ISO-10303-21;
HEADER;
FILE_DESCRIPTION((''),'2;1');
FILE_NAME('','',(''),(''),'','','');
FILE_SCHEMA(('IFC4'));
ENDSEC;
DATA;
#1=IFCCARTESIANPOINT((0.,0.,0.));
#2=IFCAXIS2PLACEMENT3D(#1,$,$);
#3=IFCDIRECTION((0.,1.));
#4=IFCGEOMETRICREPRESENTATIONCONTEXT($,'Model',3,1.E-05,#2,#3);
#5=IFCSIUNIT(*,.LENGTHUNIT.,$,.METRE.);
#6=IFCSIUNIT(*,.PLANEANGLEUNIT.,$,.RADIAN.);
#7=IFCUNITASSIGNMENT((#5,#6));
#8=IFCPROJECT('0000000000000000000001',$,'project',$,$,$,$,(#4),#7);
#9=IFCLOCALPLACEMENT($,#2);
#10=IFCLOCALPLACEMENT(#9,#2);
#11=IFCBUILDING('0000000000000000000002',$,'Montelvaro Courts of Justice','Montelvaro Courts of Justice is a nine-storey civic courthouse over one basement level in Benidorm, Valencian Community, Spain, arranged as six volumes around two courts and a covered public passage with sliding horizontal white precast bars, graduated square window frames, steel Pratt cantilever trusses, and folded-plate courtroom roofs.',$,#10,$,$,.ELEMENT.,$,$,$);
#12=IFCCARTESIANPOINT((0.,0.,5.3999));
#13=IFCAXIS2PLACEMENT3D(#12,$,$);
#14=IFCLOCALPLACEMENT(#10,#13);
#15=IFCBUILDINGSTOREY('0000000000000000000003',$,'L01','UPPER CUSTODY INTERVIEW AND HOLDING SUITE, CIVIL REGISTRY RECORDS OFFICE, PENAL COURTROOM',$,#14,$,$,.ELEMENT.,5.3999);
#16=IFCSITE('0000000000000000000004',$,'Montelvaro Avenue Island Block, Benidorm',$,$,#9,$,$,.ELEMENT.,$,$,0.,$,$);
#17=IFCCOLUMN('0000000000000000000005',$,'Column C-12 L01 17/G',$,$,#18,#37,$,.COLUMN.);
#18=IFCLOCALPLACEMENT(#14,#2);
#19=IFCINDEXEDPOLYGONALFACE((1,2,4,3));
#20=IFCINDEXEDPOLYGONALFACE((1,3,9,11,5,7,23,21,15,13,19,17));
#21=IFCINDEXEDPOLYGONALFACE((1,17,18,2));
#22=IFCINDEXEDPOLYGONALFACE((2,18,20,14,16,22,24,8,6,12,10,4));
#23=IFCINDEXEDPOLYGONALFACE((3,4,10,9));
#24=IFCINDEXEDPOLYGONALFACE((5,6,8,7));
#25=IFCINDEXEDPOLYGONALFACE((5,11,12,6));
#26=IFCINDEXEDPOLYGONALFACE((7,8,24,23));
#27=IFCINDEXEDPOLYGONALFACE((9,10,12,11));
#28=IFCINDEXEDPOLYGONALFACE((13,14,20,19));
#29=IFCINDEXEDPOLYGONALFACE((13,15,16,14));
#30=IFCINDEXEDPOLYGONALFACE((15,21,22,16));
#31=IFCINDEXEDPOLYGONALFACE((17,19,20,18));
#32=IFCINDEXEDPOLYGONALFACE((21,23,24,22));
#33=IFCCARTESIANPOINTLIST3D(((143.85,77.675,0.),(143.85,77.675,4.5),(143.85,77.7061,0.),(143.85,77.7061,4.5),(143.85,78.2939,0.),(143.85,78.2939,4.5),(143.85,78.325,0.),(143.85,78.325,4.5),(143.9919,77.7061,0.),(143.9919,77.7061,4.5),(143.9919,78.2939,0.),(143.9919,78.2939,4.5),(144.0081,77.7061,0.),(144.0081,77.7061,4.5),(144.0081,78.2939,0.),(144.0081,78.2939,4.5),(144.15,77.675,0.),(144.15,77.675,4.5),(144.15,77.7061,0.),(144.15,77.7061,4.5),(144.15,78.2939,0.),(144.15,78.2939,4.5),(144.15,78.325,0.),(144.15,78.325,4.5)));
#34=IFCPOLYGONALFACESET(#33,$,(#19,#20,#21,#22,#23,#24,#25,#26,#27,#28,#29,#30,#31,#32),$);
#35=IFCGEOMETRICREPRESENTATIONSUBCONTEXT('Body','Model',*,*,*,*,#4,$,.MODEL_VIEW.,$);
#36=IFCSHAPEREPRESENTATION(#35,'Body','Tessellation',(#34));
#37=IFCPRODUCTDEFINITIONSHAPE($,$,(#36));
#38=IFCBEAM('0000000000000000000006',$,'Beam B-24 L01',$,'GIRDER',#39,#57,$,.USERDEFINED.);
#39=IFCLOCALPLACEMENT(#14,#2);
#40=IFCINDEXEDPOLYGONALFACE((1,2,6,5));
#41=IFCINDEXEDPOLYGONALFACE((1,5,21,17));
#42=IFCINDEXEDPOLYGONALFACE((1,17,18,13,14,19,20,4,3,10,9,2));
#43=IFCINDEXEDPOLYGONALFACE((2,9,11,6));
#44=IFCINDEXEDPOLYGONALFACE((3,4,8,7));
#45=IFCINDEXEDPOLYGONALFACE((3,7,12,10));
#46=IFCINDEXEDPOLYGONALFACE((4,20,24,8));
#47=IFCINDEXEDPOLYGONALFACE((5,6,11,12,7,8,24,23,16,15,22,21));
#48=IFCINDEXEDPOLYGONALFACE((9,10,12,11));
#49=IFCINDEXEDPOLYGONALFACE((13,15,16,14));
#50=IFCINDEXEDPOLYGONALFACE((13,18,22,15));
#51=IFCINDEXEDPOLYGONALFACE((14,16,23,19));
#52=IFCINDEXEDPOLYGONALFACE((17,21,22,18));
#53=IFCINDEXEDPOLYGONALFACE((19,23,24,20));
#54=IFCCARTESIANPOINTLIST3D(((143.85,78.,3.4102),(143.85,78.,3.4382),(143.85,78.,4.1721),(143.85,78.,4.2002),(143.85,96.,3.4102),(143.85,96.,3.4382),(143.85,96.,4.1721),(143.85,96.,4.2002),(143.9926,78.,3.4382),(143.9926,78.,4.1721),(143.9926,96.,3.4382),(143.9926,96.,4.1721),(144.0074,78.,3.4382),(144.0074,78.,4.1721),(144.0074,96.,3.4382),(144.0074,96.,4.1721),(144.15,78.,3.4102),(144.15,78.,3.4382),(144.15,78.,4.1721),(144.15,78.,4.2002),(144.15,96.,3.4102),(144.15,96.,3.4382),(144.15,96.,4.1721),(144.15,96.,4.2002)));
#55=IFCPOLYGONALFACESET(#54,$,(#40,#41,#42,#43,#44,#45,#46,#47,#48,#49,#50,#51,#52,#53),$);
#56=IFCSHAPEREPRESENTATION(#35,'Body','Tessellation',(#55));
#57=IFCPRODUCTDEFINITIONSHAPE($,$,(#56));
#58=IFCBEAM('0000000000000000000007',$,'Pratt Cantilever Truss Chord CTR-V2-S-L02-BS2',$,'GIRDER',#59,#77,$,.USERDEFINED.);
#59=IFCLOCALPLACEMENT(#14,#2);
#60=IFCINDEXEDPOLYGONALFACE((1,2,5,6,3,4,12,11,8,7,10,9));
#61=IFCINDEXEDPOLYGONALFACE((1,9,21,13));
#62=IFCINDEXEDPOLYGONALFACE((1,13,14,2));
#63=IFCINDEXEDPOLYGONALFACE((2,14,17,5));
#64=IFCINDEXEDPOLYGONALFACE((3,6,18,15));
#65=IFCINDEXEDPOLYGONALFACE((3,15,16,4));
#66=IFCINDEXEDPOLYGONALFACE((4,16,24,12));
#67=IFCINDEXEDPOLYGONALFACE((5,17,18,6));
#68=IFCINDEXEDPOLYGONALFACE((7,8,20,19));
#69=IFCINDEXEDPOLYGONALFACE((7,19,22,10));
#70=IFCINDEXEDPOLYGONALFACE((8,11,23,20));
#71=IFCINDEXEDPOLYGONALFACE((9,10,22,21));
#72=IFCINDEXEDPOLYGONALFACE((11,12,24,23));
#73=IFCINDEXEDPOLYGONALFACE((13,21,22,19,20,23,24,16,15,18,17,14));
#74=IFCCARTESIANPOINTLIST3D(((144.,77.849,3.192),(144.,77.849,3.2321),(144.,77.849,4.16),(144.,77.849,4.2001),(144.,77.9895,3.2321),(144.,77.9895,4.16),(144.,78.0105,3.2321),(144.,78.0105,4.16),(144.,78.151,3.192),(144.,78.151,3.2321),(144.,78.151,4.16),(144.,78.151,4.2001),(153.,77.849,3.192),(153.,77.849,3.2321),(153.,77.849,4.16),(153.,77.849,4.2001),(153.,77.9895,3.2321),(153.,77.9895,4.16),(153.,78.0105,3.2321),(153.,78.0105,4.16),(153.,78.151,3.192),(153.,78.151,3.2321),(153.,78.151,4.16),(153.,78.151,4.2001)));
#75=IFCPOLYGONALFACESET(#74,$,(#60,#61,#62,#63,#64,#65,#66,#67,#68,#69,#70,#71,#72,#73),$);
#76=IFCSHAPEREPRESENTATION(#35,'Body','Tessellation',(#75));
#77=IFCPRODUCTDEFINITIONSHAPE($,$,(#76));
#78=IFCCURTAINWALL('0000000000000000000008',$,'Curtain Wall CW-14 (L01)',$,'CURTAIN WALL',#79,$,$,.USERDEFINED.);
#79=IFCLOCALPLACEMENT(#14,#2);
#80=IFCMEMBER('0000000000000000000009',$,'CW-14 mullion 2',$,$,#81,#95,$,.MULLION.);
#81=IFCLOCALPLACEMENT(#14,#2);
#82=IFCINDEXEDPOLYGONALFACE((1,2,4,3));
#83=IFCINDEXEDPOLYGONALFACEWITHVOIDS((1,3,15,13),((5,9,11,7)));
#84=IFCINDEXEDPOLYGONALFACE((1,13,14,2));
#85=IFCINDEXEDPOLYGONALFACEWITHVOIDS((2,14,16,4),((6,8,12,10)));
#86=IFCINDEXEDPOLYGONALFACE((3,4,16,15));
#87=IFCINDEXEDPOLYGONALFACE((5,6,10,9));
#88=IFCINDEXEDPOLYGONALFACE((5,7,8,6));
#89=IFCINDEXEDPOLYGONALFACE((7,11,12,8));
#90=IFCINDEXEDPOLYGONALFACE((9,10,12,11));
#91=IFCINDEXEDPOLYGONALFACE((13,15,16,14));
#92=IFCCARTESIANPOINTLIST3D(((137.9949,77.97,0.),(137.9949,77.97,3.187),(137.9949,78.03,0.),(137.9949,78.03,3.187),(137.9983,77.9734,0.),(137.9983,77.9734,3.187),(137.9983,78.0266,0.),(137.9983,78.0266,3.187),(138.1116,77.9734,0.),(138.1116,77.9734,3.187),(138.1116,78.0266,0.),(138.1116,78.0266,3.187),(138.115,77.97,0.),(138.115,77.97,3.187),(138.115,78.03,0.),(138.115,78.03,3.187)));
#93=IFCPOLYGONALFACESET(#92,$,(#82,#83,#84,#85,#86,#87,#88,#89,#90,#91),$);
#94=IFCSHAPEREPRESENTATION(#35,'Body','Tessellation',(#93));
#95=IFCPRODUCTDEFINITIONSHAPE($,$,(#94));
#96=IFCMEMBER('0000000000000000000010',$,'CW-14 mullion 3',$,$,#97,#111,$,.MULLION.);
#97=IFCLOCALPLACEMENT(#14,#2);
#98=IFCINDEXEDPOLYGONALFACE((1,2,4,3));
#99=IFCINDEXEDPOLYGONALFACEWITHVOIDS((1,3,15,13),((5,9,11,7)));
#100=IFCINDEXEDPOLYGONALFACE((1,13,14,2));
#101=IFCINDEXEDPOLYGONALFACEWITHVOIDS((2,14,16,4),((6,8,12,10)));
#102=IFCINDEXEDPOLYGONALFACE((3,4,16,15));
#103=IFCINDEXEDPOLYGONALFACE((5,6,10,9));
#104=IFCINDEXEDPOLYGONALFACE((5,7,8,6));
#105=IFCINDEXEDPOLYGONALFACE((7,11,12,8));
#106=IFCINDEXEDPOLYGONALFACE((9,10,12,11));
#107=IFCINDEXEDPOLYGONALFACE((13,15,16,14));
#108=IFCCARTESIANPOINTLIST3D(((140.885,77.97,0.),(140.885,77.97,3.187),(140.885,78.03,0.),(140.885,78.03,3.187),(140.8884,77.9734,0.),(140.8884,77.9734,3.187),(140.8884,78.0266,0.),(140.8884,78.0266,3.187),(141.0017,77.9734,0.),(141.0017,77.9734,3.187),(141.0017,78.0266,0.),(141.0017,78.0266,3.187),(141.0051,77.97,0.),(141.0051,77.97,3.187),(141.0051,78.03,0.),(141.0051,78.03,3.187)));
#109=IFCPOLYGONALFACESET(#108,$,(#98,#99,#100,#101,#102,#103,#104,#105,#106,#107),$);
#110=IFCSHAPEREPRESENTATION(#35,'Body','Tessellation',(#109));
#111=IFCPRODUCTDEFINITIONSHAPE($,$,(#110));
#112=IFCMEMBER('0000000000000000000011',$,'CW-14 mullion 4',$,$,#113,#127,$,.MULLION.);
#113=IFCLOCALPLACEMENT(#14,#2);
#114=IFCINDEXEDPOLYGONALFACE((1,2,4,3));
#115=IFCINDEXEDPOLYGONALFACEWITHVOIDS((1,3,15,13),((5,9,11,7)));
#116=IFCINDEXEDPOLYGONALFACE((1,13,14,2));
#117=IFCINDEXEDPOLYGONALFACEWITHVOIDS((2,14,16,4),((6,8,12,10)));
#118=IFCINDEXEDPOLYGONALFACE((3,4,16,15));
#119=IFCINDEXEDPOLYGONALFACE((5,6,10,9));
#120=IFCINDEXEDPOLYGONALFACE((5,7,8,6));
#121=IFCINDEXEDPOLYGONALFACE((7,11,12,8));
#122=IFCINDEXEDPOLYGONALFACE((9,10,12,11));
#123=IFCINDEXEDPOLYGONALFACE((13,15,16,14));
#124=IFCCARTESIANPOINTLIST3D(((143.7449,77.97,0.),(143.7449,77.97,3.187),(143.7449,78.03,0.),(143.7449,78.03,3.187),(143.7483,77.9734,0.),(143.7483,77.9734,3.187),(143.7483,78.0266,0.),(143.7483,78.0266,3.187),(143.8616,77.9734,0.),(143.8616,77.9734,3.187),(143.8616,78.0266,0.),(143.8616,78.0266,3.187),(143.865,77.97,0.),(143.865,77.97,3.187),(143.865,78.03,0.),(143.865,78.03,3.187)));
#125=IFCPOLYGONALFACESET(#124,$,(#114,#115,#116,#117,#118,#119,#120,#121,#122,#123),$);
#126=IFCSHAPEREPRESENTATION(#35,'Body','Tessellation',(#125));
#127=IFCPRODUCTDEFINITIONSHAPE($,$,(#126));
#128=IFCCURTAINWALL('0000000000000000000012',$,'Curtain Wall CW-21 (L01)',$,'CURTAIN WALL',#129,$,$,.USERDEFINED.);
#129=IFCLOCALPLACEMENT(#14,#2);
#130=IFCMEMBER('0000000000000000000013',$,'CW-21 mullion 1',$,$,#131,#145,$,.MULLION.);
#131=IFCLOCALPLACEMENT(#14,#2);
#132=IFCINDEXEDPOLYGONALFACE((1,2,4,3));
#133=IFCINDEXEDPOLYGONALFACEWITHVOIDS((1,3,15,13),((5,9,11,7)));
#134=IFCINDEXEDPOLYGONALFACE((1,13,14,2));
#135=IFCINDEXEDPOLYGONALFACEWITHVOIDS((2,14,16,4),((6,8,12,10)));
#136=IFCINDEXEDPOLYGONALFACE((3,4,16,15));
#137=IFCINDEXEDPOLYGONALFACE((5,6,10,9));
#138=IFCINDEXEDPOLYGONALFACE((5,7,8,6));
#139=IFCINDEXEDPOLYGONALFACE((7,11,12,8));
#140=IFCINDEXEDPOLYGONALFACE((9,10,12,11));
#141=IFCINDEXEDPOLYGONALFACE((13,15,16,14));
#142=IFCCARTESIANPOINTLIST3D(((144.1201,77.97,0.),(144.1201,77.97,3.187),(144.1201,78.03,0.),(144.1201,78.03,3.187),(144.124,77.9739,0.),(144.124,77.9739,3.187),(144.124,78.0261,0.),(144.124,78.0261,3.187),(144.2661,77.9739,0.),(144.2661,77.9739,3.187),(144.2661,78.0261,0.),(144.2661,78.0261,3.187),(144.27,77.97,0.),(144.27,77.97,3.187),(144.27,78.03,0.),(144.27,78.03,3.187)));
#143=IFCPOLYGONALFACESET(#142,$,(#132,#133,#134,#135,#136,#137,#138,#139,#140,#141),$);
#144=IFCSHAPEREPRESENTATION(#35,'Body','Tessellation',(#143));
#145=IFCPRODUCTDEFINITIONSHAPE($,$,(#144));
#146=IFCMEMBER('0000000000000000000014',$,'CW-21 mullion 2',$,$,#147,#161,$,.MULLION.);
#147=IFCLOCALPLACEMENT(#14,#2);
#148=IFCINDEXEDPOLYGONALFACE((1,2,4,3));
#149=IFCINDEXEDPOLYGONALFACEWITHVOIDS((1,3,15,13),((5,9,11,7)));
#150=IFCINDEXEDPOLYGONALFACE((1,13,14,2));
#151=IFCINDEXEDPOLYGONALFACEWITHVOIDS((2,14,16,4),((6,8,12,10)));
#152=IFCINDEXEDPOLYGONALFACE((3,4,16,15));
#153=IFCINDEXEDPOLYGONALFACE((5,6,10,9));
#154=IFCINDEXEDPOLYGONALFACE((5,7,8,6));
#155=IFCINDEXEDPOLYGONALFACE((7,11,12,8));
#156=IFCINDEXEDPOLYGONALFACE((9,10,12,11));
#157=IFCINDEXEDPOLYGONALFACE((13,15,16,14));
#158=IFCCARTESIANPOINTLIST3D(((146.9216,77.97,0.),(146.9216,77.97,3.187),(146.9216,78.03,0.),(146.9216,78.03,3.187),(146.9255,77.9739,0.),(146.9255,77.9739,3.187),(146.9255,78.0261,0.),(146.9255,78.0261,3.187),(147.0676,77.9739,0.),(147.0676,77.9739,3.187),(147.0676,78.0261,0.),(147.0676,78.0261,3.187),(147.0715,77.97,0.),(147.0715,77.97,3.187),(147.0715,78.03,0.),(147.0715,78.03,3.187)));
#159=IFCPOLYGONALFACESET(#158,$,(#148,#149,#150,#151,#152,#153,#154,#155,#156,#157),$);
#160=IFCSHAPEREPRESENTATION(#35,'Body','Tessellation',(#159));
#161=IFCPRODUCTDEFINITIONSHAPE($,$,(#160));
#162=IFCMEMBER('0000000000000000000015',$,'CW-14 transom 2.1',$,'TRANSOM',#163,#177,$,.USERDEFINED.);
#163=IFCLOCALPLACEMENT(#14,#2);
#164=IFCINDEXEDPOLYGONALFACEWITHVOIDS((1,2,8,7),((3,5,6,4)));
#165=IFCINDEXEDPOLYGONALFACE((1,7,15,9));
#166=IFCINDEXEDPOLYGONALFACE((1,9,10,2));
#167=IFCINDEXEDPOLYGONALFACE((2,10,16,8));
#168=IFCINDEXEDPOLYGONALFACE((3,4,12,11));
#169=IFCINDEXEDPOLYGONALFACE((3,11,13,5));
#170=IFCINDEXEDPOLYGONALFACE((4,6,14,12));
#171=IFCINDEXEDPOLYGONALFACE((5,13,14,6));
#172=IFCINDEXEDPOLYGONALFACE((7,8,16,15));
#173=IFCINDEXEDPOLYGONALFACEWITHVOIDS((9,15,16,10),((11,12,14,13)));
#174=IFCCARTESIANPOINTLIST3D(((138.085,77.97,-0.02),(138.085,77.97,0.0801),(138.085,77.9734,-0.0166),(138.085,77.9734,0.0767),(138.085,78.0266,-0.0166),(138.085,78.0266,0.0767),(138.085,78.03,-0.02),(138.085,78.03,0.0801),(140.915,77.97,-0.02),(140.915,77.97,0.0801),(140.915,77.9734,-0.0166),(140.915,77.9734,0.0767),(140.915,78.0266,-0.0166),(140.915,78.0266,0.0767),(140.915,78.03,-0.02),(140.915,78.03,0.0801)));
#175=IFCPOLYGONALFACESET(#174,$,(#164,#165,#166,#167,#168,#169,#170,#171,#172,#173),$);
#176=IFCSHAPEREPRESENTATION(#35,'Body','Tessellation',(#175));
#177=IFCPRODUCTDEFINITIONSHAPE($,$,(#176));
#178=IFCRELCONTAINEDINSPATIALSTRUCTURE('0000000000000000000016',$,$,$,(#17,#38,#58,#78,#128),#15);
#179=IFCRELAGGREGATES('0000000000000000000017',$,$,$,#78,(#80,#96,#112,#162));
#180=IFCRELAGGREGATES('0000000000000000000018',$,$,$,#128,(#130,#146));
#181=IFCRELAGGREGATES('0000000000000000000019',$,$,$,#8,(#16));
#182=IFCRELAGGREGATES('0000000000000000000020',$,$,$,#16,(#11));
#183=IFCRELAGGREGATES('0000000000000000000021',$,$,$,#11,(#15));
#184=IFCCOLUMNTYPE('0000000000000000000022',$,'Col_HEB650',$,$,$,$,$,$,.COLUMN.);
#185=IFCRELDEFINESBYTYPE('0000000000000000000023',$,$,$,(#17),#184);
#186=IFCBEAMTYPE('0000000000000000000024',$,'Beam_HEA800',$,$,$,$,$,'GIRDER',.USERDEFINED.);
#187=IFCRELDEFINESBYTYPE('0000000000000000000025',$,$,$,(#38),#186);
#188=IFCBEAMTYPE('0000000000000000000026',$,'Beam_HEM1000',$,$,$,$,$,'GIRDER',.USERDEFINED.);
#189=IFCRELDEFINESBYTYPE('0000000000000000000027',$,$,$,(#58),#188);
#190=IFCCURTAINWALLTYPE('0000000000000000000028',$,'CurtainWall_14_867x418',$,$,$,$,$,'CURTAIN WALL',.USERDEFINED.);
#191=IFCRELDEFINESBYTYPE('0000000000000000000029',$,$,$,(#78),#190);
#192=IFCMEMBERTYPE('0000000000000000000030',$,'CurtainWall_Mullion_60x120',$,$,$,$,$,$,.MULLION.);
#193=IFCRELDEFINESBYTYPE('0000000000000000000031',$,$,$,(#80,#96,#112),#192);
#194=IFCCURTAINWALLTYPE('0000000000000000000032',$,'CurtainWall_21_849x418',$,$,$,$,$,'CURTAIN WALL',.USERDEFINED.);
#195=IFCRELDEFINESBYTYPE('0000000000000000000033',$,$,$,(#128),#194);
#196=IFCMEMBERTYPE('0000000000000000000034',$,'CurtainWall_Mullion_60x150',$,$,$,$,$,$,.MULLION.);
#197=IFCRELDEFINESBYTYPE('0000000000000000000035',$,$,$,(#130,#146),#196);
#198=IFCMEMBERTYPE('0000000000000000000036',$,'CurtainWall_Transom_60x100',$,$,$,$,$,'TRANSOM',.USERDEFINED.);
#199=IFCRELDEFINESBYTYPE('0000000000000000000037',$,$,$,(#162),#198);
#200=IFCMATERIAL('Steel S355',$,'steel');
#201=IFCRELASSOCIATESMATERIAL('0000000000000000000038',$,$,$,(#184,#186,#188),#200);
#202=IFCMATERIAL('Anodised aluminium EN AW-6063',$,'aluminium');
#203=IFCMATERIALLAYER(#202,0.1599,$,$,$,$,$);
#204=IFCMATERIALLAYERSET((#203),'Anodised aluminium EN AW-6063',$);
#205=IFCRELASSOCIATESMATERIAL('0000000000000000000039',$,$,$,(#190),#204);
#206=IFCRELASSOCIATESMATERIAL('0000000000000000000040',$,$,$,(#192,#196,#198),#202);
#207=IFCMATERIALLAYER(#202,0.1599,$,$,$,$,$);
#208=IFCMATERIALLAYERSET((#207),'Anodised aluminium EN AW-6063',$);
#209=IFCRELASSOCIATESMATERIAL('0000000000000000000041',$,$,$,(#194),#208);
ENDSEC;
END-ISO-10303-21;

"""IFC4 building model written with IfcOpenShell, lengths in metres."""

from ifc_helpers import new_model, si_unit, direction, frame, origin, origin_2d, place, context, subcontext, project, spatial, hollow_rectangle, i_section, extrude, material, layer, layer_set, material_profile, profile_set, type_object, element, aggregate, save


model = new_model("IFC4")

# Units and contexts
model_context = context("Model", 3, precision=1e-05, world=origin(), true_north=direction((0.0, 1.0)))
body_context = subcontext(model_context, "Body", "Model", "MODEL_VIEW")
ifc_project = project(units=[si_unit("LENGTHUNIT", "METRE"), si_unit("PLANEANGLEUNIT", "RADIAN")], contexts=[model_context])

# Site, building, storey
site_placement = place(None, origin())
site = spatial("IfcSite", under=ifc_project, at=site_placement, Name="Montelvaro Avenue Island Block, Benidorm", CompositionType="ELEMENT", RefElevation=0.0)
building_placement = place(site_placement, origin())
building = spatial("IfcBuilding", under=site, at=building_placement, Name="Montelvaro Courts of Justice", Description="Montelvaro Courts of Justice is a nine-storey civic courthouse over one basement level in Benidorm, Valencian Community, Spain, arranged as six volumes around two courts and a covered public passage with sliding horizontal white precast bars, graduated square window frames, steel Pratt cantilever trusses, and folded-plate courtroom roofs.", CompositionType="ELEMENT")
storey_placement = place(building_placement, frame((0.0, 0.0, 5.3999)))
storey = spatial("IfcBuildingStorey", under=building, at=storey_placement, Name="L01", Description="UPPER CUSTODY INTERVIEW AND HOLDING SUITE, CIVIL REGISTRY RECORDS OFFICE, PENAL COURTROOM", CompositionType="ELEMENT", Elevation=5.3999)

# Column
ifc_material_1 = material(Name="Steel S355", Category="steel")
ifc_material_profile_1 = material_profile(ifc_material_1, i_section(OverallWidth=0.3, OverallDepth=0.6499, WebThickness=0.0161, FlangeThickness=0.031, at=origin_2d()), Name="HEB 650")
ifc_profile_set_1 = profile_set([ifc_material_profile_1], Name="Steel S355")
column_type = type_object("IfcColumnType", Name="Col_HEB650", PredefinedType="COLUMN", material=ifc_profile_set_1)
column_placement = place(storey_placement, frame((144.0, 78.0, 0.0), z_axis=(0.0, 0.0, 1.0), x_axis=(1.0, 0.0, 0.0)))
element("IfcColumn", 1, at=column_placement, inside=storey, type_object=column_type, Name="Column C-12 L01 17/G", PredefinedType="COLUMN", context=body_context, shape_type="SweptSolid", body=[
    extrude(i_section(OverallWidth=0.3, OverallDepth=0.6499, WebThickness=0.0161, FlangeThickness=0.031, at=origin_2d()), origin(), (0.0, 0.0, 1.0), 4.5),
])

# Beams
ifc_material_profile_2 = material_profile(ifc_material_1, i_section(OverallWidth=0.3, OverallDepth=0.79, WebThickness=0.0149, FlangeThickness=0.0281, at=origin_2d()), Name="HEA 800")
ifc_profile_set_2 = profile_set([ifc_material_profile_2], Name="Steel S355")
beam_type_1 = type_object("IfcBeamType", Name="Beam_HEA800", ElementType="GIRDER", PredefinedType="USERDEFINED", material=ifc_profile_set_2)
beam_1_placement = place(storey_placement, frame((144.0, 78.0, 3.8052), z_axis=(0.0, 1.0, 0.0), x_axis=(-1.0, 0.0, 0.0)))
element("IfcBeam", 2, at=beam_1_placement, inside=storey, type_object=beam_type_1, Name="Beam B-24 L01", ObjectType="GIRDER", PredefinedType="USERDEFINED", context=body_context, shape_type="SweptSolid", body=[
    extrude(i_section(OverallWidth=0.3, OverallDepth=0.79, WebThickness=0.0149, FlangeThickness=0.0281, at=origin_2d()), origin(), (0.0, 0.0, 1.0), 18.0),
])
ifc_material_profile_3 = material_profile(ifc_material_1, i_section(OverallWidth=0.302, OverallDepth=1.0081, WebThickness=0.021, FlangeThickness=0.04, at=origin_2d()), Name="HEM 1000")
ifc_profile_set_3 = profile_set([ifc_material_profile_3], Name="Steel S355")
beam_type_2 = type_object("IfcBeamType", Name="Beam_HEM1000", ElementType="GIRDER", PredefinedType="USERDEFINED", material=ifc_profile_set_3)
beam_2_placement = place(storey_placement, frame((144.0, 78.0, 3.696), z_axis=(1.0, 0.0, 0.0), x_axis=(0.0, 1.0, 0.0)))
element("IfcBeam", 3, at=beam_2_placement, inside=storey, type_object=beam_type_2, Name="Pratt Cantilever Truss Chord CTR-V2-S-L02-BS2", ObjectType="GIRDER", PredefinedType="USERDEFINED", context=body_context, shape_type="SweptSolid", body=[
    extrude(i_section(OverallWidth=0.302, OverallDepth=1.0081, WebThickness=0.021, FlangeThickness=0.04, at=origin_2d()), origin(), (0.0, 0.0, 1.0), 9.0),
])

# Curtain walls, members
ifc_material_2 = material(Name="Anodised aluminium EN AW-6063", Category="aluminium")
ifc_layer_1 = layer(ifc_material_2, 0.1599)
ifc_layer_set_1 = layer_set([ifc_layer_1], Name="Anodised aluminium EN AW-6063")
curtain_wall_type_1 = type_object("IfcCurtainWallType", Name="CurtainWall_14_867x418", ElementType="CURTAIN WALL", PredefinedType="USERDEFINED", material=ifc_layer_set_1)
curtain_wall_1_placement = place(storey_placement, origin())
curtain_wall_1 = element("IfcCurtainWall", 4, at=curtain_wall_1_placement, inside=storey, type_object=curtain_wall_type_1, Name="Curtain Wall CW-14 (L01)", ObjectType="CURTAIN WALL", PredefinedType="USERDEFINED")
ifc_material_profile_4 = material_profile(ifc_material_2, hollow_rectangle(XDim=0.0601, YDim=0.1201, WallThickness=0.0034, at=origin_2d()), Name="ALU-M 60x120")
ifc_profile_set_4 = profile_set([ifc_material_profile_4], Name="Anodised aluminium EN AW-6063")
member_type_1 = type_object("IfcMemberType", Name="CurtainWall_Mullion_60x120", PredefinedType="MULLION", material=ifc_profile_set_4)
member_1_placement = place(storey_placement, frame((138.0549, 78.0, 0.0), z_axis=(0.0, 0.0, 1.0), x_axis=(0.0, 1.0, 0.0)))
member_1 = element("IfcMember", 5, at=member_1_placement, type_object=member_type_1, Name="CW-14 mullion 2", PredefinedType="MULLION", context=body_context, shape_type="SweptSolid", body=[
    extrude(hollow_rectangle(XDim=0.0601, YDim=0.1201, WallThickness=0.0034, at=origin_2d()), origin(), (0.0, 0.0, 1.0), 3.187),
])
member_2_placement = place(storey_placement, frame((140.9451, 78.0, 0.0), z_axis=(0.0, 0.0, 1.0), x_axis=(0.0, 1.0, 0.0)))
member_2 = element("IfcMember", 6, at=member_2_placement, type_object=member_type_1, Name="CW-14 mullion 3", PredefinedType="MULLION", context=body_context, shape_type="SweptSolid", body=[
    extrude(hollow_rectangle(XDim=0.0601, YDim=0.1201, WallThickness=0.0034, at=origin_2d()), origin(), (0.0, 0.0, 1.0), 3.187),
])
member_3_placement = place(storey_placement, frame((143.8049, 78.0, 0.0), z_axis=(0.0, 0.0, 1.0), x_axis=(0.0, 1.0, 0.0)))
member_3 = element("IfcMember", 7, at=member_3_placement, type_object=member_type_1, Name="CW-14 mullion 4", PredefinedType="MULLION", context=body_context, shape_type="SweptSolid", body=[
    extrude(hollow_rectangle(XDim=0.0601, YDim=0.1201, WallThickness=0.0034, at=origin_2d()), origin(), (0.0, 0.0, 1.0), 3.187),
])
ifc_layer_2 = layer(ifc_material_2, 0.1599)
ifc_layer_set_2 = layer_set([ifc_layer_2], Name="Anodised aluminium EN AW-6063")
curtain_wall_type_2 = type_object("IfcCurtainWallType", Name="CurtainWall_21_849x418", ElementType="CURTAIN WALL", PredefinedType="USERDEFINED", material=ifc_layer_set_2)
curtain_wall_2_placement = place(storey_placement, origin())
curtain_wall_2 = element("IfcCurtainWall", 8, at=curtain_wall_2_placement, inside=storey, type_object=curtain_wall_type_2, Name="Curtain Wall CW-21 (L01)", ObjectType="CURTAIN WALL", PredefinedType="USERDEFINED")
ifc_material_profile_5 = material_profile(ifc_material_2, hollow_rectangle(XDim=0.0601, YDim=0.1499, WallThickness=0.0039, at=origin_2d()), Name="ALU-M 60x150")
ifc_profile_set_5 = profile_set([ifc_material_profile_5], Name="Anodised aluminium EN AW-6063")
member_type_2 = type_object("IfcMemberType", Name="CurtainWall_Mullion_60x150", PredefinedType="MULLION", material=ifc_profile_set_5)
member_4_placement = place(storey_placement, frame((144.1951, 78.0, 0.0), z_axis=(0.0, 0.0, 1.0), x_axis=(0.0, 1.0, 0.0)))
member_4 = element("IfcMember", 9, at=member_4_placement, type_object=member_type_2, Name="CW-21 mullion 1", PredefinedType="MULLION", context=body_context, shape_type="SweptSolid", body=[
    extrude(hollow_rectangle(XDim=0.0601, YDim=0.1499, WallThickness=0.0039, at=origin_2d()), origin(), (0.0, 0.0, 1.0), 3.187),
])
member_5_placement = place(storey_placement, frame((146.9966, 78.0, 0.0), z_axis=(0.0, 0.0, 1.0), x_axis=(0.0, 1.0, 0.0)))
member_5 = element("IfcMember", 10, at=member_5_placement, type_object=member_type_2, Name="CW-21 mullion 2", PredefinedType="MULLION", context=body_context, shape_type="SweptSolid", body=[
    extrude(hollow_rectangle(XDim=0.0601, YDim=0.1499, WallThickness=0.0039, at=origin_2d()), origin(), (0.0, 0.0, 1.0), 3.187),
])

# Member
ifc_material_profile_6 = material_profile(ifc_material_2, hollow_rectangle(XDim=0.0601, YDim=0.1001, WallThickness=0.0034, at=origin_2d()), Name="ALU-T 60x100")
ifc_profile_set_6 = profile_set([ifc_material_profile_6], Name="Anodised aluminium EN AW-6063")
member_type_3 = type_object("IfcMemberType", Name="CurtainWall_Transom_60x100", ElementType="TRANSOM", PredefinedType="USERDEFINED", material=ifc_profile_set_6)
member_6_placement = place(storey_placement, frame((138.085, 78.0, 0.03), z_axis=(1.0, 0.0, 0.0), x_axis=(0.0, 1.0, 0.0)))
member_6 = element("IfcMember", 11, at=member_6_placement, type_object=member_type_3, Name="CW-14 transom 2.1", ObjectType="TRANSOM", PredefinedType="USERDEFINED", context=body_context, shape_type="SweptSolid", body=[
    extrude(hollow_rectangle(XDim=0.0601, YDim=0.1001, WallThickness=0.0034, at=origin_2d()), origin(), (0.0, 0.0, 1.0), 2.8301),
])

aggregate(curtain_wall_1, [member_1, member_2, member_3, member_6])
aggregate(curtain_wall_2, [member_4, member_5])

save(model, "model.ifc")
